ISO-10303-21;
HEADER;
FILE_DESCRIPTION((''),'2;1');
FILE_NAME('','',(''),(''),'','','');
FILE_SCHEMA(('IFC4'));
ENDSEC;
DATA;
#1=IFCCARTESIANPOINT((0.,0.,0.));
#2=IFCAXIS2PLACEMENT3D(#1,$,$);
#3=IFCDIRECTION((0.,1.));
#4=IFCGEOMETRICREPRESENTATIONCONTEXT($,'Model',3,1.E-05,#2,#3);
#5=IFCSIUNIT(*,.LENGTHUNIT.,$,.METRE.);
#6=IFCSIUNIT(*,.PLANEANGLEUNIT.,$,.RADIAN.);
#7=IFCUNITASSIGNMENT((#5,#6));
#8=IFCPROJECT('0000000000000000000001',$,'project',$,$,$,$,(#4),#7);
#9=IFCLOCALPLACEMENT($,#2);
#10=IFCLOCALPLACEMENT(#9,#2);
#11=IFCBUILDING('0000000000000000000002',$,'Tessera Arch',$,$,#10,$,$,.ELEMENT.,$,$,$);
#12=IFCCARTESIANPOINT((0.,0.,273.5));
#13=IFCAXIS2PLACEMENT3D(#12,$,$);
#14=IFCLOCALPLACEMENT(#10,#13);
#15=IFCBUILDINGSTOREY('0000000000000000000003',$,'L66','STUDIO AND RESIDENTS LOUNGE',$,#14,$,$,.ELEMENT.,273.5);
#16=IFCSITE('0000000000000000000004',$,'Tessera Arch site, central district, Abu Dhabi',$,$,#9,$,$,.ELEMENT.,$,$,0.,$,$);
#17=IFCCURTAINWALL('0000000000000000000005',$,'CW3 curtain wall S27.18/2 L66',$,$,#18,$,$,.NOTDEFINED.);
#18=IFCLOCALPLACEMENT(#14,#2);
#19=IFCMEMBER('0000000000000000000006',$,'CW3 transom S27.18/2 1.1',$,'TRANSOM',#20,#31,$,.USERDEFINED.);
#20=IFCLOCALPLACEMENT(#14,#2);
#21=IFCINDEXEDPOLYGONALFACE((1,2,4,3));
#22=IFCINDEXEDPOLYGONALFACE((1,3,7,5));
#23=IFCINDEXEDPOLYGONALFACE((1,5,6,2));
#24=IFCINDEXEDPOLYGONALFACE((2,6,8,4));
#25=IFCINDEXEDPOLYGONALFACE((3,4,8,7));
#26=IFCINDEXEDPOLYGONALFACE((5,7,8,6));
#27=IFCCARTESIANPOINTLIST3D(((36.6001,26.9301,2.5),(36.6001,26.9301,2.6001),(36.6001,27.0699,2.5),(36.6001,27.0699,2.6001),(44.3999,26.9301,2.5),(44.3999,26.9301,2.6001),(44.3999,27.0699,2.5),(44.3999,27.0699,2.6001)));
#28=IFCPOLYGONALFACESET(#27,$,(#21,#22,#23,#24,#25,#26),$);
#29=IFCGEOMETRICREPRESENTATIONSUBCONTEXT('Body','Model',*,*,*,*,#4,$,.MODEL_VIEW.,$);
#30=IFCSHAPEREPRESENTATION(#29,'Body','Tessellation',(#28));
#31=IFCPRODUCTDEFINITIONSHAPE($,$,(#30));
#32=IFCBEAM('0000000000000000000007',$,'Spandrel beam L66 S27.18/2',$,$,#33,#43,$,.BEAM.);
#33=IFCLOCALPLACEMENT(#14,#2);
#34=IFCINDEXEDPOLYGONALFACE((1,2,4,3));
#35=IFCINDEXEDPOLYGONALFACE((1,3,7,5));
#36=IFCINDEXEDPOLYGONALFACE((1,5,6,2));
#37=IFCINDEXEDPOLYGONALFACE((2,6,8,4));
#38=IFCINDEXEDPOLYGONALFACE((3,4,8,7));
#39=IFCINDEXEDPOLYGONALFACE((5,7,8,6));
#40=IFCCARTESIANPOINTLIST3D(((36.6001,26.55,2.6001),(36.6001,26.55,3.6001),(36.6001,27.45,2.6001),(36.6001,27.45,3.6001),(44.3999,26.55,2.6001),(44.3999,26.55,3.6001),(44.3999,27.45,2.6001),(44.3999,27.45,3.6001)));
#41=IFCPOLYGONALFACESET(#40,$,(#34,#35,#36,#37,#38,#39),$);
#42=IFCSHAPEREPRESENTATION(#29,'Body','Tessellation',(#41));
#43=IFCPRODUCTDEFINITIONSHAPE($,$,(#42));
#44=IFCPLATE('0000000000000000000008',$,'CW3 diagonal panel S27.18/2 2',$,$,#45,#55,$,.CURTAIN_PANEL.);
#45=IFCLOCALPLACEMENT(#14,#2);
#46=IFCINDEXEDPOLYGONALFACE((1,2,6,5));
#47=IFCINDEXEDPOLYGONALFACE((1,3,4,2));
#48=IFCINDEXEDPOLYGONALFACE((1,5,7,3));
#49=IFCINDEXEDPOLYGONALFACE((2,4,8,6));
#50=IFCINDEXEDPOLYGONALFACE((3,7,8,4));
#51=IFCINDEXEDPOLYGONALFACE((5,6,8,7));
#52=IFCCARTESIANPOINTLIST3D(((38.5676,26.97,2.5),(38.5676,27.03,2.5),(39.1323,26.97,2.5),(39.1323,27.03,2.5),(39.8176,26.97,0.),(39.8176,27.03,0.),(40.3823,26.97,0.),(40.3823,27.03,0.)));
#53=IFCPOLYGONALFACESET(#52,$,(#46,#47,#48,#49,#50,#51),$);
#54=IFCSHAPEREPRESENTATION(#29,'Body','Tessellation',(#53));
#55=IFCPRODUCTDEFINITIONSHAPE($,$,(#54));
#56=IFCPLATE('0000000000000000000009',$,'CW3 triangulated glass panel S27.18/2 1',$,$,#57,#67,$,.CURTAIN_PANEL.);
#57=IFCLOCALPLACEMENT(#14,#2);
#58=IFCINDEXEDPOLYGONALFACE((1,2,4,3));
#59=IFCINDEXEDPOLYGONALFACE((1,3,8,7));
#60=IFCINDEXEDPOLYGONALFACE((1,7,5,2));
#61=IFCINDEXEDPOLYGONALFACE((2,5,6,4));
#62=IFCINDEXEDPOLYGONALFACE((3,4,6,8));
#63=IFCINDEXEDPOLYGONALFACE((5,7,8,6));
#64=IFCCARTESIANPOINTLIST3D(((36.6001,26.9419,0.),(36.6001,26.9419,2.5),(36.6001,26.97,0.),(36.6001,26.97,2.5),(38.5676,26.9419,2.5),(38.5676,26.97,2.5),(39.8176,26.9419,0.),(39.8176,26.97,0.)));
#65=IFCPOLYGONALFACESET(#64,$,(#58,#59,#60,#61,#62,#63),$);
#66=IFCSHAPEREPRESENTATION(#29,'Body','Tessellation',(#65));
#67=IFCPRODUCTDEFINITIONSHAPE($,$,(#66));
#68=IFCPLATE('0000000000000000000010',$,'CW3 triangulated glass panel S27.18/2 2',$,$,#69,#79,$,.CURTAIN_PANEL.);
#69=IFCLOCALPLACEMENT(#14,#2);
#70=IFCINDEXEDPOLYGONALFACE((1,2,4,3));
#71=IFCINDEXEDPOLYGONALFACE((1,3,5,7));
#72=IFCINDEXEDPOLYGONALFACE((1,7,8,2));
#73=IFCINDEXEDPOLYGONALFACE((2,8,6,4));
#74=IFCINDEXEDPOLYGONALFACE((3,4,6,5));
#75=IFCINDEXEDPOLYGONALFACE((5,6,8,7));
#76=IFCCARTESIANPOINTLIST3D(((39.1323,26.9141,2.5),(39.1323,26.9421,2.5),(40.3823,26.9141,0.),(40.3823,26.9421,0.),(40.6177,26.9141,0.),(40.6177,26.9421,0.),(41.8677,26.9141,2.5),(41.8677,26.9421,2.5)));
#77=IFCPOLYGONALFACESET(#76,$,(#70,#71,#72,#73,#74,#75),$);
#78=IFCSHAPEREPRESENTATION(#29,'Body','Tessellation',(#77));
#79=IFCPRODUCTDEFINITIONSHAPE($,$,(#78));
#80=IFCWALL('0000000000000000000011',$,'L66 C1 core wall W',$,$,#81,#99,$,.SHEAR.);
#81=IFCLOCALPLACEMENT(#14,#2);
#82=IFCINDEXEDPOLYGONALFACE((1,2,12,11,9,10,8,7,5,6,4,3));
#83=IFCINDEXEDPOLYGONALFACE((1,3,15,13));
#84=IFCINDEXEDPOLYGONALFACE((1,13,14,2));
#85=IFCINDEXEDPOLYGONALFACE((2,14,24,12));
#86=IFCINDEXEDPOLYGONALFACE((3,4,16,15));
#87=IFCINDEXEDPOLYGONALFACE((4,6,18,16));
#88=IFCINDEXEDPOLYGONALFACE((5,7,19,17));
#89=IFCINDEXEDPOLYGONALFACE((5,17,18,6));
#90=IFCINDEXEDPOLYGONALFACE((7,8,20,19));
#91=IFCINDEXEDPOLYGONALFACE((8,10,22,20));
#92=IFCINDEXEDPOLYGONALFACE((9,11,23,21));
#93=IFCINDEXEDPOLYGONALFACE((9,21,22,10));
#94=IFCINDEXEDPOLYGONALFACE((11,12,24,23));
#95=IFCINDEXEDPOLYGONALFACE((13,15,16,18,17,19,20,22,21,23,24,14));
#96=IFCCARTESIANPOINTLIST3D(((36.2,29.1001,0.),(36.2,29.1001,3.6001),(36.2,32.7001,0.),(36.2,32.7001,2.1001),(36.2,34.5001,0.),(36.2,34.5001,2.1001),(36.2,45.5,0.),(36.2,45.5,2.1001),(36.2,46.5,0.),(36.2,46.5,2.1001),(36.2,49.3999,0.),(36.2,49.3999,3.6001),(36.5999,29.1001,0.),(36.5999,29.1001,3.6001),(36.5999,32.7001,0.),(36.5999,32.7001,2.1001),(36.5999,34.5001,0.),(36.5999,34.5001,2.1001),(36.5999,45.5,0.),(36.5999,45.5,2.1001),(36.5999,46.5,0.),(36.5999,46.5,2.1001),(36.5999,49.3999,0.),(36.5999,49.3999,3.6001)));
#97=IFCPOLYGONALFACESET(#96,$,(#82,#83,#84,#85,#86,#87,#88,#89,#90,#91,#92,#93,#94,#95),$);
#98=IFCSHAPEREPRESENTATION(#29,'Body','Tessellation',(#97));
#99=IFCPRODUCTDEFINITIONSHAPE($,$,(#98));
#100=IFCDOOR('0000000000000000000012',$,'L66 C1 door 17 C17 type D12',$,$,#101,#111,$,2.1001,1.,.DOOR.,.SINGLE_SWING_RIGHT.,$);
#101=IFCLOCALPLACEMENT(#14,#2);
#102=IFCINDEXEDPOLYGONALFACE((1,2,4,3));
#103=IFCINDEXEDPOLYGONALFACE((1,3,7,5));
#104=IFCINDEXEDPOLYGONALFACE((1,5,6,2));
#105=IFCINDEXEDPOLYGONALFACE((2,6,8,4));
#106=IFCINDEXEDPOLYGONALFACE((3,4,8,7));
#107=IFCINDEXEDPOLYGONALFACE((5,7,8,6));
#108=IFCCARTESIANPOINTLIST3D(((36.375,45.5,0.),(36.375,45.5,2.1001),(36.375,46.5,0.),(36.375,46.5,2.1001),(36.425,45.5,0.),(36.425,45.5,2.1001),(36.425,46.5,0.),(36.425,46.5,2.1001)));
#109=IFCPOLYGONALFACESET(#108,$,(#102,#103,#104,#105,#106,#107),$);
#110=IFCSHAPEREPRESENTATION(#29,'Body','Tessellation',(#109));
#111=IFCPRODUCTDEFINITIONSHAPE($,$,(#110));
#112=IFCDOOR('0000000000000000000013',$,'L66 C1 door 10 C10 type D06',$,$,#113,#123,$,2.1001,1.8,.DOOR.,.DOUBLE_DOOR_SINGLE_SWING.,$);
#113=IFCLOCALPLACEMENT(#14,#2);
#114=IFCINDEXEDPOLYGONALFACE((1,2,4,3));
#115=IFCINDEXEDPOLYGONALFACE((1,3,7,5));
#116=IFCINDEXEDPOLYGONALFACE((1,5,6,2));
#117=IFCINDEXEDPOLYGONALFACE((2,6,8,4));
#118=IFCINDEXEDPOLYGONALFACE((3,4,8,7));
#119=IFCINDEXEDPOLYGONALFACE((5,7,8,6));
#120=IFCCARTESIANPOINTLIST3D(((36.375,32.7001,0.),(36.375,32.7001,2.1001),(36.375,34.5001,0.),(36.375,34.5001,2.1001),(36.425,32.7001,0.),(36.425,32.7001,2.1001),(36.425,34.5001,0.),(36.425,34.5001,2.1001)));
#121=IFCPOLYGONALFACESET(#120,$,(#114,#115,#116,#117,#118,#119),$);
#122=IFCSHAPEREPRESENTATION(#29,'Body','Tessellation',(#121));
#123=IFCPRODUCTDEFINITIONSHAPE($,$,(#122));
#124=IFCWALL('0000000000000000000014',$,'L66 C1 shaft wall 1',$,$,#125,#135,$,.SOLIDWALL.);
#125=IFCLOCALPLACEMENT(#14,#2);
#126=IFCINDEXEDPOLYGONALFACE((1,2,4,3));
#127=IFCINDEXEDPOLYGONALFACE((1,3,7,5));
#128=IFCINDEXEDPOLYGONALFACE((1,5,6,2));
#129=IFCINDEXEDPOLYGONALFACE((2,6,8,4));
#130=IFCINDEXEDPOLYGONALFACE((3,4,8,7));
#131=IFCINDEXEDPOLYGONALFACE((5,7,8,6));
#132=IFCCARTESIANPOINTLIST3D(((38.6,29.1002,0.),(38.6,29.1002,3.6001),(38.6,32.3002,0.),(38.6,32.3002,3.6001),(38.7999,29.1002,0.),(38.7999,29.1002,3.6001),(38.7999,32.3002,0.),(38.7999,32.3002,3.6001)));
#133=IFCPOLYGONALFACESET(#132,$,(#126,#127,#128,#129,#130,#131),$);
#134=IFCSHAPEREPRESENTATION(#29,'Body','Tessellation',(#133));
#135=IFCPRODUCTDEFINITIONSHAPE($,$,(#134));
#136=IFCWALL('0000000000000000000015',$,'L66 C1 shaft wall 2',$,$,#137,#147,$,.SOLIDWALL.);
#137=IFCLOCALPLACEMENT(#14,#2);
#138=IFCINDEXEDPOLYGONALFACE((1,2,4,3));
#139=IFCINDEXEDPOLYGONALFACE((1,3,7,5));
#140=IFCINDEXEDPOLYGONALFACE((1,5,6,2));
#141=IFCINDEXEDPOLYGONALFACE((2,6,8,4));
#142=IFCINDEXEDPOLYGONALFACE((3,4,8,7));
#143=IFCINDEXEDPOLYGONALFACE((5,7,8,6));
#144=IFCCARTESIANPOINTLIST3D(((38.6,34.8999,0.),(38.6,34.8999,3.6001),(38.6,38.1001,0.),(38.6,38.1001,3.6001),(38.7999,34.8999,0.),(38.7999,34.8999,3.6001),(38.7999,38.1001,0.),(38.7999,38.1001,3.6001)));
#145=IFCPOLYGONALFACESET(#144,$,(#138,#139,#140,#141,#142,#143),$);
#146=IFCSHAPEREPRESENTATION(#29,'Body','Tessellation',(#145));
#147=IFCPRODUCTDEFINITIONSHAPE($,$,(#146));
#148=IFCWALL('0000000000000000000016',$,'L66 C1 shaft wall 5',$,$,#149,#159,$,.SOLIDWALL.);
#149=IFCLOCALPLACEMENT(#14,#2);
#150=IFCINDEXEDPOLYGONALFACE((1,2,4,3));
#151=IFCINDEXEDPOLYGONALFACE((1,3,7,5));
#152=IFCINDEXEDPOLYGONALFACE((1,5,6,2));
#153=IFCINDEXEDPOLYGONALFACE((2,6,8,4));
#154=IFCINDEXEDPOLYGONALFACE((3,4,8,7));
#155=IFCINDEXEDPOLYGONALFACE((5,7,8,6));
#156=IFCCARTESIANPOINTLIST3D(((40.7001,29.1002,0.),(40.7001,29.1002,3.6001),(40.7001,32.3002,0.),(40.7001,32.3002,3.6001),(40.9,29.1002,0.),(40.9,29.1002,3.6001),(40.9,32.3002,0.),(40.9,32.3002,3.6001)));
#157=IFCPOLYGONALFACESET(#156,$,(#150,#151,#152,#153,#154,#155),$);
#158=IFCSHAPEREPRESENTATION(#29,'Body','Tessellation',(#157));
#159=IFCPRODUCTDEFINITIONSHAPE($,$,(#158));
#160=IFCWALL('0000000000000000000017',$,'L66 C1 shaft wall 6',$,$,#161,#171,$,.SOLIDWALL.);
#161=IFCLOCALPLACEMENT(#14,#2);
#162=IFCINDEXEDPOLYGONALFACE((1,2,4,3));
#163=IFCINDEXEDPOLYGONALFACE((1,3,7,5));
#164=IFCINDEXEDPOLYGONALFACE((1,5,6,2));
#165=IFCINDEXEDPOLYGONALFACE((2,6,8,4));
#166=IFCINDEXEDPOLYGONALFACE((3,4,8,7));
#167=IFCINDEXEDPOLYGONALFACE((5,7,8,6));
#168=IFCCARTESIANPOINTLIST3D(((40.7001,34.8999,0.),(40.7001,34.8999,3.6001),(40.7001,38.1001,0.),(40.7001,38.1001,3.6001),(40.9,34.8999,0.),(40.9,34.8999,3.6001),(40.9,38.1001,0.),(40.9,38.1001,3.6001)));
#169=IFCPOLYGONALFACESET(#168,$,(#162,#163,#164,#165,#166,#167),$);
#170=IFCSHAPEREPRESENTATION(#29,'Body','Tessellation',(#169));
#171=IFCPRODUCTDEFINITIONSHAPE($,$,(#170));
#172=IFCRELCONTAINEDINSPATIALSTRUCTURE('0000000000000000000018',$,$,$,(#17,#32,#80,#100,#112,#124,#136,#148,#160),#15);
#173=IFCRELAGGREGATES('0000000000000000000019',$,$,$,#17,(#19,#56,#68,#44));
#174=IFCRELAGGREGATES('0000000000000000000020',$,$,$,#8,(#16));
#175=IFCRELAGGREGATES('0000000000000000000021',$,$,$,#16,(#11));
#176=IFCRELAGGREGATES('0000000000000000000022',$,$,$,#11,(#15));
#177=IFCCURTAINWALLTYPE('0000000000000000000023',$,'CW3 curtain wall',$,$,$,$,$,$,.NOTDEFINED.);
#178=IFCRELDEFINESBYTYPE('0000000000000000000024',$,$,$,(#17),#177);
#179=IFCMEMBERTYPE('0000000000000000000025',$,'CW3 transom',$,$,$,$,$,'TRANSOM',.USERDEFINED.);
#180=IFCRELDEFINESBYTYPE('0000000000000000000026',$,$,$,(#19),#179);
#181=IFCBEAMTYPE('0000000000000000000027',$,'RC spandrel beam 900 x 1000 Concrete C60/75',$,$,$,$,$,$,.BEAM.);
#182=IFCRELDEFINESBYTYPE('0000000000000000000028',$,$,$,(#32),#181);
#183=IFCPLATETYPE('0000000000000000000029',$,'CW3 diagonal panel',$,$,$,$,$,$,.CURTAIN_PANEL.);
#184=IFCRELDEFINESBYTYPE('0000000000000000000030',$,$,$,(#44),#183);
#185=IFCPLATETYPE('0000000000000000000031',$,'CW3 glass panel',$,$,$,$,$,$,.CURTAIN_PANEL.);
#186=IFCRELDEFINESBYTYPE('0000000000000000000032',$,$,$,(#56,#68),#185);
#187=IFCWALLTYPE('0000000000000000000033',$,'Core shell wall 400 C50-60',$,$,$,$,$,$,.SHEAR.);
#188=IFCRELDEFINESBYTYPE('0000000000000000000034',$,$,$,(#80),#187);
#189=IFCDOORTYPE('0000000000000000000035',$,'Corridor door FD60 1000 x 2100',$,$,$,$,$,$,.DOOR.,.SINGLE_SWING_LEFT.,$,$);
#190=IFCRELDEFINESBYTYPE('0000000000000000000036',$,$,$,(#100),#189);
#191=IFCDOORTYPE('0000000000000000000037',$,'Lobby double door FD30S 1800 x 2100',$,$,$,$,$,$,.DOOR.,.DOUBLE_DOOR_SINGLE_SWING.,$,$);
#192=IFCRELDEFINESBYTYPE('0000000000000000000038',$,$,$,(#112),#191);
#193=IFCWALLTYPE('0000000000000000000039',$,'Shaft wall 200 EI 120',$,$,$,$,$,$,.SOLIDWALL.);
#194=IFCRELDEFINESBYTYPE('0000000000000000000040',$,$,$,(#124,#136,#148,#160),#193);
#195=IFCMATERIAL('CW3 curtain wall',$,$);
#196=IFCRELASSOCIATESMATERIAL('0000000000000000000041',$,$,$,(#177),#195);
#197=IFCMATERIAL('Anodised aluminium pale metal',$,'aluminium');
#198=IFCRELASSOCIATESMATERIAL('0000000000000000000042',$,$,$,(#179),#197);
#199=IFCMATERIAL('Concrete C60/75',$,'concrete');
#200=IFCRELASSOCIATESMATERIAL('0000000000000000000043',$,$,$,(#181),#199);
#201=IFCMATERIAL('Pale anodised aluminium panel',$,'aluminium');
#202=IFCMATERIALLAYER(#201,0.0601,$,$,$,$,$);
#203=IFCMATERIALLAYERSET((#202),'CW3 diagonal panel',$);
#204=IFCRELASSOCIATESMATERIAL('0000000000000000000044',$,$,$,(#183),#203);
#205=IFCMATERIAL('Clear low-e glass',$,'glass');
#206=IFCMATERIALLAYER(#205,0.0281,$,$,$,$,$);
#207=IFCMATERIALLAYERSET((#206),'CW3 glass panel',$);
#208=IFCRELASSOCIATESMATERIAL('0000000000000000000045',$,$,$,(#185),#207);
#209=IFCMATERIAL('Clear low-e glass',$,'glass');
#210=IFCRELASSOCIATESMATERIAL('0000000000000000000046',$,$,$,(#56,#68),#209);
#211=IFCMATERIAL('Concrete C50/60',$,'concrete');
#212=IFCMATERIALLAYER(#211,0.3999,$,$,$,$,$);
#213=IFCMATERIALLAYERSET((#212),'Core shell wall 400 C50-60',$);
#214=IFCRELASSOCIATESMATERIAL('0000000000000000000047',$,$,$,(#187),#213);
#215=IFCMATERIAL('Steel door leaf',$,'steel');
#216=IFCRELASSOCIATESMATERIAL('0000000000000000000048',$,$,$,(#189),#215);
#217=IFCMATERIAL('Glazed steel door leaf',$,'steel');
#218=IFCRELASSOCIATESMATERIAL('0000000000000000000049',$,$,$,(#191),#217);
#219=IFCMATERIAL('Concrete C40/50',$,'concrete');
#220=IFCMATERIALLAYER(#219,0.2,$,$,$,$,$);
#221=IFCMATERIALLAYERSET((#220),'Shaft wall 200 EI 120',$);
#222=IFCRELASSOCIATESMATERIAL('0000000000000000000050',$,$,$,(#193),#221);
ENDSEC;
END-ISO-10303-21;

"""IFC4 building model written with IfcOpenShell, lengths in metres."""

from ifc_helpers import new_model, si_unit, direction, frame, frame_2d, origin, origin_2d, place, context, subcontext, project, spatial, polyline, rectangle, outline, extrude, material, layer, layer_set, material_profile, profile_set, type_object, element, fill, aggregate, save


model = new_model("IFC4")

# Units and contexts
model_context = context("Model", 3, precision=1e-05, world=origin(), true_north=direction((0.0, 1.0)))
body_context = subcontext(model_context, "Body", "Model", "MODEL_VIEW")
ifc_project = project(units=[si_unit("LENGTHUNIT", "METRE"), si_unit("PLANEANGLEUNIT", "RADIAN")], contexts=[model_context])

# Site, building, storey
site_placement = place(None, origin())
site = spatial("IfcSite", under=ifc_project, at=site_placement, Name="Tessera Arch site, central district, Abu Dhabi", CompositionType="ELEMENT", RefElevation=0.0)
building_placement = place(site_placement, origin())
building = spatial("IfcBuilding", under=site, at=building_placement, Name="Tessera Arch", CompositionType="ELEMENT")
storey_placement = place(building_placement, frame((0.0, 0.0, 273.5)))
storey = spatial("IfcBuildingStorey", under=building, at=storey_placement, Name="L66", Description="STUDIO AND RESIDENTS LOUNGE", CompositionType="ELEMENT", Elevation=273.5)

# Curtain wall, member
ifc_material_1 = material(Name="CW3 curtain wall")
curtain_wall_type = type_object("IfcCurtainWallType", Name="CW3 curtain wall", PredefinedType="NOTDEFINED", material=ifc_material_1)
curtain_wall_placement = place(storey_placement, origin())
curtain_wall = element("IfcCurtainWall", 1, at=curtain_wall_placement, inside=storey, type_object=curtain_wall_type, Name="CW3 curtain wall S27.18/2 L66", PredefinedType="NOTDEFINED")
ifc_material_2 = material(Name="Anodised aluminium pale metal", Category="aluminium")
ifc_material_profile_1 = material_profile(ifc_material_2, rectangle(XDim=0.1399, YDim=0.1001, at=origin_2d()), Name="AL 140x100")
ifc_profile_set_1 = profile_set([ifc_material_profile_1], Name="Anodised aluminium pale metal")
member_type = type_object("IfcMemberType", Name="CW3 transom", ElementType="TRANSOM", PredefinedType="USERDEFINED", material=ifc_profile_set_1)
member_placement = place(storey_placement, frame((36.6001, 27.0, 2.55), z_axis=(1.0, 0.0, 0.0), x_axis=(0.0, 1.0, 0.0)))
member = element("IfcMember", 2, at=member_placement, type_object=member_type, Name="CW3 transom S27.18/2 1.1", ObjectType="TRANSOM", PredefinedType="USERDEFINED", context=body_context, shape_type="SweptSolid", body=[
    extrude(rectangle(XDim=0.1399, YDim=0.1001, at=origin_2d()), origin(), (0.0, 0.0, 1.0), 7.7998),
])

# Beam
ifc_material_3 = material(Name="Concrete C60/75", Category="concrete")
ifc_material_profile_2 = material_profile(ifc_material_3, rectangle(XDim=0.8999, YDim=1.0, at=origin_2d()), Name="RC spandrel beam 900 x 1000 Concrete C60/75")
ifc_profile_set_2 = profile_set([ifc_material_profile_2], Name="Concrete C60/75")
beam_type = type_object("IfcBeamType", Name="RC spandrel beam 900 x 1000 Concrete C60/75", PredefinedType="BEAM", material=ifc_profile_set_2)
beam_placement = place(storey_placement, frame((36.6001, 27.0, 3.1001), z_axis=(1.0, 0.0, 0.0), x_axis=(0.0, 1.0, 0.0)))
element("IfcBeam", 3, at=beam_placement, inside=storey, type_object=beam_type, Name="Spandrel beam L66 S27.18/2", PredefinedType="BEAM", context=body_context, shape_type="SweptSolid", body=[
    extrude(rectangle(XDim=0.8999, YDim=1.0, at=origin_2d()), origin(), (0.0, 0.0, 1.0), 7.7998),
])

# Plates
ifc_material_4 = material(Name="Pale anodised aluminium panel", Category="aluminium")
ifc_layer_1 = layer(ifc_material_4, 0.0601)
ifc_layer_set_1 = layer_set([ifc_layer_1], Name="CW3 diagonal panel")
plate_type_1 = type_object("IfcPlateType", Name="CW3 diagonal panel", PredefinedType="CURTAIN_PANEL", material=ifc_layer_set_1)
plate_1_placement = place(storey_placement, frame((39.1323, 26.97, 2.5), z_axis=(0.0, -1.0, 0.0), x_axis=(-1.0, 0.0, 0.0)))
plate_1 = element("IfcPlate", 4, at=plate_1_placement, type_object=plate_type_1, Name="CW3 diagonal panel S27.18/2 2", PredefinedType="CURTAIN_PANEL", context=body_context, shape_type="SweptSolid", body=[
    extrude(outline(polyline([(0.0, 0.0), (0.5647, 0.0), (-0.6853, 2.5), (-1.25, 2.5), (0.0, 0.0)])), origin(), (0.0, 0.0, -1.0), 0.0601),
])
ifc_material_5 = material(Name="Clear low-e glass", Category="glass")
ifc_material_6 = material(Name="Clear low-e glass", Category="glass")
ifc_layer_2 = layer(ifc_material_6, 0.0281)
ifc_layer_set_2 = layer_set([ifc_layer_2], Name="CW3 glass panel")
plate_type_2 = type_object("IfcPlateType", Name="CW3 glass panel", PredefinedType="CURTAIN_PANEL", material=ifc_layer_set_2)
plate_2_placement = place(storey_placement, frame((36.6001, 26.9419, 0.0), z_axis=(0.0, -1.0, 0.0), x_axis=(1.0, 0.0, 0.0)))
plate_2 = element("IfcPlate", 5, at=plate_2_placement, type_object=plate_type_2, material=ifc_material_5, Name="CW3 triangulated glass panel S27.18/2 1", PredefinedType="CURTAIN_PANEL", context=body_context, shape_type="SweptSolid", body=[
    extrude(outline(polyline([(0.0, 0.0), (3.2175, 0.0), (1.9675, 2.5), (0.0, 2.5), (0.0, 0.0)])), origin(), (0.0, 0.0, -1.0), 0.0281),
])
plate_3_placement = place(storey_placement, frame((41.8677, 26.9141, 2.5), z_axis=(0.0, -1.0, 0.0), x_axis=(-1.0, 0.0, 0.0)))
plate_3 = element("IfcPlate", 6, at=plate_3_placement, type_object=plate_type_2, material=ifc_material_5, Name="CW3 triangulated glass panel S27.18/2 2", PredefinedType="CURTAIN_PANEL", context=body_context, shape_type="SweptSolid", body=[
    extrude(outline(polyline([(0.0, 0.0), (2.7354, 0.0), (1.4854, 2.5), (1.25, 2.5), (0.0, 0.0)])), origin(), (0.0, 0.0, -1.0), 0.0281),
])
aggregate(curtain_wall, [member, plate_2, plate_3, plate_1])

# Wall, openings, doors
ifc_material_7 = material(Name="Concrete C50/60", Category="concrete")
ifc_layer_3 = layer(ifc_material_7, 0.3999)
ifc_layer_set_3 = layer_set([ifc_layer_3], Name="Core shell wall 400 C50-60")
wall_type_1 = type_object("IfcWallType", Name="Core shell wall 400 C50-60", PredefinedType="SHEAR", material=ifc_layer_set_3)
wall_1_placement = place(storey_placement, frame((36.3999, 29.1001, 0.0), z_axis=(0.0, 0.0, 1.0), x_axis=(0.0, 1.0, 0.0)))
wall_1 = element("IfcWall", 7, at=wall_1_placement, inside=storey, type_object=wall_type_1, Name="L66 C1 core wall W", PredefinedType="SHEAR", context=body_context, shape_type="SweptSolid", body=[
    extrude(rectangle(XDim=20.2998, YDim=0.3999, at=frame_2d((10.1499, 0.0))), origin(), (0.0, 0.0, 1.0), 3.6001),
])
opening_1_placement = place(wall_1_placement, frame((3.6001, 0.0, 0.0)))
opening_1 = element("IfcOpeningElement", 8, at=opening_1_placement, cuts=wall_1, PredefinedType="OPENING", context=body_context, shape_type="SweptSolid", body=[
    extrude(rectangle(XDim=1.8, YDim=2.1001, at=frame_2d((0.8999, 1.05))), frame((0.0, 0.21, 0.0), z_axis=(0.0, -1.0, 0.0), x_axis=(1.0, 0.0, 0.0)), (0.0, 0.0, 1.0), 0.4199),
])
opening_2_placement = place(wall_1_placement, frame((16.3999, 0.0, 0.0)))
opening_2 = element("IfcOpeningElement", 9, at=opening_2_placement, cuts=wall_1, PredefinedType="OPENING", context=body_context, shape_type="SweptSolid", body=[
    extrude(rectangle(XDim=1.0, YDim=2.1001, at=frame_2d((0.5, 1.05))), frame((0.0, 0.21, 0.0), z_axis=(0.0, -1.0, 0.0), x_axis=(1.0, 0.0, 0.0)), (0.0, 0.0, 1.0), 0.4199),
])
ifc_material_8 = material(Name="Steel door leaf", Category="steel")
door_type_1 = type_object("IfcDoorType", Name="Corridor door FD60 1000 x 2100", OperationType="SINGLE_SWING_LEFT", PredefinedType="DOOR", material=ifc_material_8)
door_1_placement = place(opening_2_placement, origin())
door_1 = element("IfcDoor", 10, at=door_1_placement, inside=storey, type_object=door_type_1, Name="L66 C1 door 17 C17 type D12", OperationType="SINGLE_SWING_RIGHT", OverallHeight=2.1001, OverallWidth=1.0, PredefinedType="DOOR", context=body_context, shape_type="SweptSolid", body=[
    extrude(rectangle(XDim=1.0, YDim=2.1001, at=frame_2d((0.5, 1.05))), frame((0.0, 0.0249, 0.0), z_axis=(0.0, -1.0, 0.0), x_axis=(1.0, 0.0, 0.0)), (0.0, 0.0, 1.0), 0.05),
])
fill(opening_2, door_1)
ifc_material_9 = material(Name="Glazed steel door leaf", Category="steel")
door_type_2 = type_object("IfcDoorType", Name="Lobby double door FD30S 1800 x 2100", OperationType="DOUBLE_DOOR_SINGLE_SWING", PredefinedType="DOOR", material=ifc_material_9)
door_2_placement = place(opening_1_placement, origin())
door_2 = element("IfcDoor", 11, at=door_2_placement, inside=storey, type_object=door_type_2, Name="L66 C1 door 10 C10 type D06", OperationType="DOUBLE_DOOR_SINGLE_SWING", OverallHeight=2.1001, OverallWidth=1.8, PredefinedType="DOOR", context=body_context, shape_type="SweptSolid", body=[
    extrude(rectangle(XDim=1.8, YDim=2.1001, at=frame_2d((0.8999, 1.05))), frame((0.0, 0.0249, 0.0), z_axis=(0.0, -1.0, 0.0), x_axis=(1.0, 0.0, 0.0)), (0.0, 0.0, 1.0), 0.05),
])
fill(opening_1, door_2)

# Walls
ifc_material_10 = material(Name="Concrete C40/50", Category="concrete")
ifc_layer_4 = layer(ifc_material_10, 0.2)
ifc_layer_set_4 = layer_set([ifc_layer_4], Name="Shaft wall 200 EI 120")
wall_type_2 = type_object("IfcWallType", Name="Shaft wall 200 EI 120", PredefinedType="SOLIDWALL", material=ifc_layer_set_4)
wall_2_placement = place(storey_placement, frame((38.7, 29.1001, 0.0), z_axis=(0.0, 0.0, 1.0), x_axis=(0.0, 1.0, 0.0)))
element("IfcWall", 12, at=wall_2_placement, inside=storey, type_object=wall_type_2, Name="L66 C1 shaft wall 1", PredefinedType="SOLIDWALL", context=body_context, shape_type="SweptSolid", body=[
    extrude(rectangle(XDim=3.2, YDim=0.2, at=frame_2d((1.6001, 0.0))), origin(), (0.0, 0.0, 1.0), 3.6001),
])
wall_3_placement = place(storey_placement, frame((38.7, 34.8999, 0.0), z_axis=(0.0, 0.0, 1.0), x_axis=(0.0, 1.0, 0.0)))
element("IfcWall", 13, at=wall_3_placement, inside=storey, type_object=wall_type_2, Name="L66 C1 shaft wall 2", PredefinedType="SOLIDWALL", context=body_context, shape_type="SweptSolid", body=[
    extrude(rectangle(XDim=3.2002, YDim=0.2, at=frame_2d((1.6001, 0.0))), origin(), (0.0, 0.0, 1.0), 3.6001),
])
wall_4_placement = place(storey_placement, frame((40.8, 29.1001, 0.0), z_axis=(0.0, 0.0, 1.0), x_axis=(0.0, 1.0, 0.0)))
element("IfcWall", 14, at=wall_4_placement, inside=storey, type_object=wall_type_2, Name="L66 C1 shaft wall 5", PredefinedType="SOLIDWALL", context=body_context, shape_type="SweptSolid", body=[
    extrude(rectangle(XDim=3.2, YDim=0.2, at=frame_2d((1.6001, 0.0))), origin(), (0.0, 0.0, 1.0), 3.6001),
])
wall_5_placement = place(storey_placement, frame((40.8, 34.8999, 0.0), z_axis=(0.0, 0.0, 1.0), x_axis=(0.0, 1.0, 0.0)))
element("IfcWall", 15, at=wall_5_placement, inside=storey, type_object=wall_type_2, Name="L66 C1 shaft wall 6", PredefinedType="SOLIDWALL", context=body_context, shape_type="SweptSolid", body=[
    extrude(rectangle(XDim=3.2002, YDim=0.2, at=frame_2d((1.6001, 0.0))), origin(), (0.0, 0.0, 1.0), 3.6001),
])

save(model, "model.ifc")
